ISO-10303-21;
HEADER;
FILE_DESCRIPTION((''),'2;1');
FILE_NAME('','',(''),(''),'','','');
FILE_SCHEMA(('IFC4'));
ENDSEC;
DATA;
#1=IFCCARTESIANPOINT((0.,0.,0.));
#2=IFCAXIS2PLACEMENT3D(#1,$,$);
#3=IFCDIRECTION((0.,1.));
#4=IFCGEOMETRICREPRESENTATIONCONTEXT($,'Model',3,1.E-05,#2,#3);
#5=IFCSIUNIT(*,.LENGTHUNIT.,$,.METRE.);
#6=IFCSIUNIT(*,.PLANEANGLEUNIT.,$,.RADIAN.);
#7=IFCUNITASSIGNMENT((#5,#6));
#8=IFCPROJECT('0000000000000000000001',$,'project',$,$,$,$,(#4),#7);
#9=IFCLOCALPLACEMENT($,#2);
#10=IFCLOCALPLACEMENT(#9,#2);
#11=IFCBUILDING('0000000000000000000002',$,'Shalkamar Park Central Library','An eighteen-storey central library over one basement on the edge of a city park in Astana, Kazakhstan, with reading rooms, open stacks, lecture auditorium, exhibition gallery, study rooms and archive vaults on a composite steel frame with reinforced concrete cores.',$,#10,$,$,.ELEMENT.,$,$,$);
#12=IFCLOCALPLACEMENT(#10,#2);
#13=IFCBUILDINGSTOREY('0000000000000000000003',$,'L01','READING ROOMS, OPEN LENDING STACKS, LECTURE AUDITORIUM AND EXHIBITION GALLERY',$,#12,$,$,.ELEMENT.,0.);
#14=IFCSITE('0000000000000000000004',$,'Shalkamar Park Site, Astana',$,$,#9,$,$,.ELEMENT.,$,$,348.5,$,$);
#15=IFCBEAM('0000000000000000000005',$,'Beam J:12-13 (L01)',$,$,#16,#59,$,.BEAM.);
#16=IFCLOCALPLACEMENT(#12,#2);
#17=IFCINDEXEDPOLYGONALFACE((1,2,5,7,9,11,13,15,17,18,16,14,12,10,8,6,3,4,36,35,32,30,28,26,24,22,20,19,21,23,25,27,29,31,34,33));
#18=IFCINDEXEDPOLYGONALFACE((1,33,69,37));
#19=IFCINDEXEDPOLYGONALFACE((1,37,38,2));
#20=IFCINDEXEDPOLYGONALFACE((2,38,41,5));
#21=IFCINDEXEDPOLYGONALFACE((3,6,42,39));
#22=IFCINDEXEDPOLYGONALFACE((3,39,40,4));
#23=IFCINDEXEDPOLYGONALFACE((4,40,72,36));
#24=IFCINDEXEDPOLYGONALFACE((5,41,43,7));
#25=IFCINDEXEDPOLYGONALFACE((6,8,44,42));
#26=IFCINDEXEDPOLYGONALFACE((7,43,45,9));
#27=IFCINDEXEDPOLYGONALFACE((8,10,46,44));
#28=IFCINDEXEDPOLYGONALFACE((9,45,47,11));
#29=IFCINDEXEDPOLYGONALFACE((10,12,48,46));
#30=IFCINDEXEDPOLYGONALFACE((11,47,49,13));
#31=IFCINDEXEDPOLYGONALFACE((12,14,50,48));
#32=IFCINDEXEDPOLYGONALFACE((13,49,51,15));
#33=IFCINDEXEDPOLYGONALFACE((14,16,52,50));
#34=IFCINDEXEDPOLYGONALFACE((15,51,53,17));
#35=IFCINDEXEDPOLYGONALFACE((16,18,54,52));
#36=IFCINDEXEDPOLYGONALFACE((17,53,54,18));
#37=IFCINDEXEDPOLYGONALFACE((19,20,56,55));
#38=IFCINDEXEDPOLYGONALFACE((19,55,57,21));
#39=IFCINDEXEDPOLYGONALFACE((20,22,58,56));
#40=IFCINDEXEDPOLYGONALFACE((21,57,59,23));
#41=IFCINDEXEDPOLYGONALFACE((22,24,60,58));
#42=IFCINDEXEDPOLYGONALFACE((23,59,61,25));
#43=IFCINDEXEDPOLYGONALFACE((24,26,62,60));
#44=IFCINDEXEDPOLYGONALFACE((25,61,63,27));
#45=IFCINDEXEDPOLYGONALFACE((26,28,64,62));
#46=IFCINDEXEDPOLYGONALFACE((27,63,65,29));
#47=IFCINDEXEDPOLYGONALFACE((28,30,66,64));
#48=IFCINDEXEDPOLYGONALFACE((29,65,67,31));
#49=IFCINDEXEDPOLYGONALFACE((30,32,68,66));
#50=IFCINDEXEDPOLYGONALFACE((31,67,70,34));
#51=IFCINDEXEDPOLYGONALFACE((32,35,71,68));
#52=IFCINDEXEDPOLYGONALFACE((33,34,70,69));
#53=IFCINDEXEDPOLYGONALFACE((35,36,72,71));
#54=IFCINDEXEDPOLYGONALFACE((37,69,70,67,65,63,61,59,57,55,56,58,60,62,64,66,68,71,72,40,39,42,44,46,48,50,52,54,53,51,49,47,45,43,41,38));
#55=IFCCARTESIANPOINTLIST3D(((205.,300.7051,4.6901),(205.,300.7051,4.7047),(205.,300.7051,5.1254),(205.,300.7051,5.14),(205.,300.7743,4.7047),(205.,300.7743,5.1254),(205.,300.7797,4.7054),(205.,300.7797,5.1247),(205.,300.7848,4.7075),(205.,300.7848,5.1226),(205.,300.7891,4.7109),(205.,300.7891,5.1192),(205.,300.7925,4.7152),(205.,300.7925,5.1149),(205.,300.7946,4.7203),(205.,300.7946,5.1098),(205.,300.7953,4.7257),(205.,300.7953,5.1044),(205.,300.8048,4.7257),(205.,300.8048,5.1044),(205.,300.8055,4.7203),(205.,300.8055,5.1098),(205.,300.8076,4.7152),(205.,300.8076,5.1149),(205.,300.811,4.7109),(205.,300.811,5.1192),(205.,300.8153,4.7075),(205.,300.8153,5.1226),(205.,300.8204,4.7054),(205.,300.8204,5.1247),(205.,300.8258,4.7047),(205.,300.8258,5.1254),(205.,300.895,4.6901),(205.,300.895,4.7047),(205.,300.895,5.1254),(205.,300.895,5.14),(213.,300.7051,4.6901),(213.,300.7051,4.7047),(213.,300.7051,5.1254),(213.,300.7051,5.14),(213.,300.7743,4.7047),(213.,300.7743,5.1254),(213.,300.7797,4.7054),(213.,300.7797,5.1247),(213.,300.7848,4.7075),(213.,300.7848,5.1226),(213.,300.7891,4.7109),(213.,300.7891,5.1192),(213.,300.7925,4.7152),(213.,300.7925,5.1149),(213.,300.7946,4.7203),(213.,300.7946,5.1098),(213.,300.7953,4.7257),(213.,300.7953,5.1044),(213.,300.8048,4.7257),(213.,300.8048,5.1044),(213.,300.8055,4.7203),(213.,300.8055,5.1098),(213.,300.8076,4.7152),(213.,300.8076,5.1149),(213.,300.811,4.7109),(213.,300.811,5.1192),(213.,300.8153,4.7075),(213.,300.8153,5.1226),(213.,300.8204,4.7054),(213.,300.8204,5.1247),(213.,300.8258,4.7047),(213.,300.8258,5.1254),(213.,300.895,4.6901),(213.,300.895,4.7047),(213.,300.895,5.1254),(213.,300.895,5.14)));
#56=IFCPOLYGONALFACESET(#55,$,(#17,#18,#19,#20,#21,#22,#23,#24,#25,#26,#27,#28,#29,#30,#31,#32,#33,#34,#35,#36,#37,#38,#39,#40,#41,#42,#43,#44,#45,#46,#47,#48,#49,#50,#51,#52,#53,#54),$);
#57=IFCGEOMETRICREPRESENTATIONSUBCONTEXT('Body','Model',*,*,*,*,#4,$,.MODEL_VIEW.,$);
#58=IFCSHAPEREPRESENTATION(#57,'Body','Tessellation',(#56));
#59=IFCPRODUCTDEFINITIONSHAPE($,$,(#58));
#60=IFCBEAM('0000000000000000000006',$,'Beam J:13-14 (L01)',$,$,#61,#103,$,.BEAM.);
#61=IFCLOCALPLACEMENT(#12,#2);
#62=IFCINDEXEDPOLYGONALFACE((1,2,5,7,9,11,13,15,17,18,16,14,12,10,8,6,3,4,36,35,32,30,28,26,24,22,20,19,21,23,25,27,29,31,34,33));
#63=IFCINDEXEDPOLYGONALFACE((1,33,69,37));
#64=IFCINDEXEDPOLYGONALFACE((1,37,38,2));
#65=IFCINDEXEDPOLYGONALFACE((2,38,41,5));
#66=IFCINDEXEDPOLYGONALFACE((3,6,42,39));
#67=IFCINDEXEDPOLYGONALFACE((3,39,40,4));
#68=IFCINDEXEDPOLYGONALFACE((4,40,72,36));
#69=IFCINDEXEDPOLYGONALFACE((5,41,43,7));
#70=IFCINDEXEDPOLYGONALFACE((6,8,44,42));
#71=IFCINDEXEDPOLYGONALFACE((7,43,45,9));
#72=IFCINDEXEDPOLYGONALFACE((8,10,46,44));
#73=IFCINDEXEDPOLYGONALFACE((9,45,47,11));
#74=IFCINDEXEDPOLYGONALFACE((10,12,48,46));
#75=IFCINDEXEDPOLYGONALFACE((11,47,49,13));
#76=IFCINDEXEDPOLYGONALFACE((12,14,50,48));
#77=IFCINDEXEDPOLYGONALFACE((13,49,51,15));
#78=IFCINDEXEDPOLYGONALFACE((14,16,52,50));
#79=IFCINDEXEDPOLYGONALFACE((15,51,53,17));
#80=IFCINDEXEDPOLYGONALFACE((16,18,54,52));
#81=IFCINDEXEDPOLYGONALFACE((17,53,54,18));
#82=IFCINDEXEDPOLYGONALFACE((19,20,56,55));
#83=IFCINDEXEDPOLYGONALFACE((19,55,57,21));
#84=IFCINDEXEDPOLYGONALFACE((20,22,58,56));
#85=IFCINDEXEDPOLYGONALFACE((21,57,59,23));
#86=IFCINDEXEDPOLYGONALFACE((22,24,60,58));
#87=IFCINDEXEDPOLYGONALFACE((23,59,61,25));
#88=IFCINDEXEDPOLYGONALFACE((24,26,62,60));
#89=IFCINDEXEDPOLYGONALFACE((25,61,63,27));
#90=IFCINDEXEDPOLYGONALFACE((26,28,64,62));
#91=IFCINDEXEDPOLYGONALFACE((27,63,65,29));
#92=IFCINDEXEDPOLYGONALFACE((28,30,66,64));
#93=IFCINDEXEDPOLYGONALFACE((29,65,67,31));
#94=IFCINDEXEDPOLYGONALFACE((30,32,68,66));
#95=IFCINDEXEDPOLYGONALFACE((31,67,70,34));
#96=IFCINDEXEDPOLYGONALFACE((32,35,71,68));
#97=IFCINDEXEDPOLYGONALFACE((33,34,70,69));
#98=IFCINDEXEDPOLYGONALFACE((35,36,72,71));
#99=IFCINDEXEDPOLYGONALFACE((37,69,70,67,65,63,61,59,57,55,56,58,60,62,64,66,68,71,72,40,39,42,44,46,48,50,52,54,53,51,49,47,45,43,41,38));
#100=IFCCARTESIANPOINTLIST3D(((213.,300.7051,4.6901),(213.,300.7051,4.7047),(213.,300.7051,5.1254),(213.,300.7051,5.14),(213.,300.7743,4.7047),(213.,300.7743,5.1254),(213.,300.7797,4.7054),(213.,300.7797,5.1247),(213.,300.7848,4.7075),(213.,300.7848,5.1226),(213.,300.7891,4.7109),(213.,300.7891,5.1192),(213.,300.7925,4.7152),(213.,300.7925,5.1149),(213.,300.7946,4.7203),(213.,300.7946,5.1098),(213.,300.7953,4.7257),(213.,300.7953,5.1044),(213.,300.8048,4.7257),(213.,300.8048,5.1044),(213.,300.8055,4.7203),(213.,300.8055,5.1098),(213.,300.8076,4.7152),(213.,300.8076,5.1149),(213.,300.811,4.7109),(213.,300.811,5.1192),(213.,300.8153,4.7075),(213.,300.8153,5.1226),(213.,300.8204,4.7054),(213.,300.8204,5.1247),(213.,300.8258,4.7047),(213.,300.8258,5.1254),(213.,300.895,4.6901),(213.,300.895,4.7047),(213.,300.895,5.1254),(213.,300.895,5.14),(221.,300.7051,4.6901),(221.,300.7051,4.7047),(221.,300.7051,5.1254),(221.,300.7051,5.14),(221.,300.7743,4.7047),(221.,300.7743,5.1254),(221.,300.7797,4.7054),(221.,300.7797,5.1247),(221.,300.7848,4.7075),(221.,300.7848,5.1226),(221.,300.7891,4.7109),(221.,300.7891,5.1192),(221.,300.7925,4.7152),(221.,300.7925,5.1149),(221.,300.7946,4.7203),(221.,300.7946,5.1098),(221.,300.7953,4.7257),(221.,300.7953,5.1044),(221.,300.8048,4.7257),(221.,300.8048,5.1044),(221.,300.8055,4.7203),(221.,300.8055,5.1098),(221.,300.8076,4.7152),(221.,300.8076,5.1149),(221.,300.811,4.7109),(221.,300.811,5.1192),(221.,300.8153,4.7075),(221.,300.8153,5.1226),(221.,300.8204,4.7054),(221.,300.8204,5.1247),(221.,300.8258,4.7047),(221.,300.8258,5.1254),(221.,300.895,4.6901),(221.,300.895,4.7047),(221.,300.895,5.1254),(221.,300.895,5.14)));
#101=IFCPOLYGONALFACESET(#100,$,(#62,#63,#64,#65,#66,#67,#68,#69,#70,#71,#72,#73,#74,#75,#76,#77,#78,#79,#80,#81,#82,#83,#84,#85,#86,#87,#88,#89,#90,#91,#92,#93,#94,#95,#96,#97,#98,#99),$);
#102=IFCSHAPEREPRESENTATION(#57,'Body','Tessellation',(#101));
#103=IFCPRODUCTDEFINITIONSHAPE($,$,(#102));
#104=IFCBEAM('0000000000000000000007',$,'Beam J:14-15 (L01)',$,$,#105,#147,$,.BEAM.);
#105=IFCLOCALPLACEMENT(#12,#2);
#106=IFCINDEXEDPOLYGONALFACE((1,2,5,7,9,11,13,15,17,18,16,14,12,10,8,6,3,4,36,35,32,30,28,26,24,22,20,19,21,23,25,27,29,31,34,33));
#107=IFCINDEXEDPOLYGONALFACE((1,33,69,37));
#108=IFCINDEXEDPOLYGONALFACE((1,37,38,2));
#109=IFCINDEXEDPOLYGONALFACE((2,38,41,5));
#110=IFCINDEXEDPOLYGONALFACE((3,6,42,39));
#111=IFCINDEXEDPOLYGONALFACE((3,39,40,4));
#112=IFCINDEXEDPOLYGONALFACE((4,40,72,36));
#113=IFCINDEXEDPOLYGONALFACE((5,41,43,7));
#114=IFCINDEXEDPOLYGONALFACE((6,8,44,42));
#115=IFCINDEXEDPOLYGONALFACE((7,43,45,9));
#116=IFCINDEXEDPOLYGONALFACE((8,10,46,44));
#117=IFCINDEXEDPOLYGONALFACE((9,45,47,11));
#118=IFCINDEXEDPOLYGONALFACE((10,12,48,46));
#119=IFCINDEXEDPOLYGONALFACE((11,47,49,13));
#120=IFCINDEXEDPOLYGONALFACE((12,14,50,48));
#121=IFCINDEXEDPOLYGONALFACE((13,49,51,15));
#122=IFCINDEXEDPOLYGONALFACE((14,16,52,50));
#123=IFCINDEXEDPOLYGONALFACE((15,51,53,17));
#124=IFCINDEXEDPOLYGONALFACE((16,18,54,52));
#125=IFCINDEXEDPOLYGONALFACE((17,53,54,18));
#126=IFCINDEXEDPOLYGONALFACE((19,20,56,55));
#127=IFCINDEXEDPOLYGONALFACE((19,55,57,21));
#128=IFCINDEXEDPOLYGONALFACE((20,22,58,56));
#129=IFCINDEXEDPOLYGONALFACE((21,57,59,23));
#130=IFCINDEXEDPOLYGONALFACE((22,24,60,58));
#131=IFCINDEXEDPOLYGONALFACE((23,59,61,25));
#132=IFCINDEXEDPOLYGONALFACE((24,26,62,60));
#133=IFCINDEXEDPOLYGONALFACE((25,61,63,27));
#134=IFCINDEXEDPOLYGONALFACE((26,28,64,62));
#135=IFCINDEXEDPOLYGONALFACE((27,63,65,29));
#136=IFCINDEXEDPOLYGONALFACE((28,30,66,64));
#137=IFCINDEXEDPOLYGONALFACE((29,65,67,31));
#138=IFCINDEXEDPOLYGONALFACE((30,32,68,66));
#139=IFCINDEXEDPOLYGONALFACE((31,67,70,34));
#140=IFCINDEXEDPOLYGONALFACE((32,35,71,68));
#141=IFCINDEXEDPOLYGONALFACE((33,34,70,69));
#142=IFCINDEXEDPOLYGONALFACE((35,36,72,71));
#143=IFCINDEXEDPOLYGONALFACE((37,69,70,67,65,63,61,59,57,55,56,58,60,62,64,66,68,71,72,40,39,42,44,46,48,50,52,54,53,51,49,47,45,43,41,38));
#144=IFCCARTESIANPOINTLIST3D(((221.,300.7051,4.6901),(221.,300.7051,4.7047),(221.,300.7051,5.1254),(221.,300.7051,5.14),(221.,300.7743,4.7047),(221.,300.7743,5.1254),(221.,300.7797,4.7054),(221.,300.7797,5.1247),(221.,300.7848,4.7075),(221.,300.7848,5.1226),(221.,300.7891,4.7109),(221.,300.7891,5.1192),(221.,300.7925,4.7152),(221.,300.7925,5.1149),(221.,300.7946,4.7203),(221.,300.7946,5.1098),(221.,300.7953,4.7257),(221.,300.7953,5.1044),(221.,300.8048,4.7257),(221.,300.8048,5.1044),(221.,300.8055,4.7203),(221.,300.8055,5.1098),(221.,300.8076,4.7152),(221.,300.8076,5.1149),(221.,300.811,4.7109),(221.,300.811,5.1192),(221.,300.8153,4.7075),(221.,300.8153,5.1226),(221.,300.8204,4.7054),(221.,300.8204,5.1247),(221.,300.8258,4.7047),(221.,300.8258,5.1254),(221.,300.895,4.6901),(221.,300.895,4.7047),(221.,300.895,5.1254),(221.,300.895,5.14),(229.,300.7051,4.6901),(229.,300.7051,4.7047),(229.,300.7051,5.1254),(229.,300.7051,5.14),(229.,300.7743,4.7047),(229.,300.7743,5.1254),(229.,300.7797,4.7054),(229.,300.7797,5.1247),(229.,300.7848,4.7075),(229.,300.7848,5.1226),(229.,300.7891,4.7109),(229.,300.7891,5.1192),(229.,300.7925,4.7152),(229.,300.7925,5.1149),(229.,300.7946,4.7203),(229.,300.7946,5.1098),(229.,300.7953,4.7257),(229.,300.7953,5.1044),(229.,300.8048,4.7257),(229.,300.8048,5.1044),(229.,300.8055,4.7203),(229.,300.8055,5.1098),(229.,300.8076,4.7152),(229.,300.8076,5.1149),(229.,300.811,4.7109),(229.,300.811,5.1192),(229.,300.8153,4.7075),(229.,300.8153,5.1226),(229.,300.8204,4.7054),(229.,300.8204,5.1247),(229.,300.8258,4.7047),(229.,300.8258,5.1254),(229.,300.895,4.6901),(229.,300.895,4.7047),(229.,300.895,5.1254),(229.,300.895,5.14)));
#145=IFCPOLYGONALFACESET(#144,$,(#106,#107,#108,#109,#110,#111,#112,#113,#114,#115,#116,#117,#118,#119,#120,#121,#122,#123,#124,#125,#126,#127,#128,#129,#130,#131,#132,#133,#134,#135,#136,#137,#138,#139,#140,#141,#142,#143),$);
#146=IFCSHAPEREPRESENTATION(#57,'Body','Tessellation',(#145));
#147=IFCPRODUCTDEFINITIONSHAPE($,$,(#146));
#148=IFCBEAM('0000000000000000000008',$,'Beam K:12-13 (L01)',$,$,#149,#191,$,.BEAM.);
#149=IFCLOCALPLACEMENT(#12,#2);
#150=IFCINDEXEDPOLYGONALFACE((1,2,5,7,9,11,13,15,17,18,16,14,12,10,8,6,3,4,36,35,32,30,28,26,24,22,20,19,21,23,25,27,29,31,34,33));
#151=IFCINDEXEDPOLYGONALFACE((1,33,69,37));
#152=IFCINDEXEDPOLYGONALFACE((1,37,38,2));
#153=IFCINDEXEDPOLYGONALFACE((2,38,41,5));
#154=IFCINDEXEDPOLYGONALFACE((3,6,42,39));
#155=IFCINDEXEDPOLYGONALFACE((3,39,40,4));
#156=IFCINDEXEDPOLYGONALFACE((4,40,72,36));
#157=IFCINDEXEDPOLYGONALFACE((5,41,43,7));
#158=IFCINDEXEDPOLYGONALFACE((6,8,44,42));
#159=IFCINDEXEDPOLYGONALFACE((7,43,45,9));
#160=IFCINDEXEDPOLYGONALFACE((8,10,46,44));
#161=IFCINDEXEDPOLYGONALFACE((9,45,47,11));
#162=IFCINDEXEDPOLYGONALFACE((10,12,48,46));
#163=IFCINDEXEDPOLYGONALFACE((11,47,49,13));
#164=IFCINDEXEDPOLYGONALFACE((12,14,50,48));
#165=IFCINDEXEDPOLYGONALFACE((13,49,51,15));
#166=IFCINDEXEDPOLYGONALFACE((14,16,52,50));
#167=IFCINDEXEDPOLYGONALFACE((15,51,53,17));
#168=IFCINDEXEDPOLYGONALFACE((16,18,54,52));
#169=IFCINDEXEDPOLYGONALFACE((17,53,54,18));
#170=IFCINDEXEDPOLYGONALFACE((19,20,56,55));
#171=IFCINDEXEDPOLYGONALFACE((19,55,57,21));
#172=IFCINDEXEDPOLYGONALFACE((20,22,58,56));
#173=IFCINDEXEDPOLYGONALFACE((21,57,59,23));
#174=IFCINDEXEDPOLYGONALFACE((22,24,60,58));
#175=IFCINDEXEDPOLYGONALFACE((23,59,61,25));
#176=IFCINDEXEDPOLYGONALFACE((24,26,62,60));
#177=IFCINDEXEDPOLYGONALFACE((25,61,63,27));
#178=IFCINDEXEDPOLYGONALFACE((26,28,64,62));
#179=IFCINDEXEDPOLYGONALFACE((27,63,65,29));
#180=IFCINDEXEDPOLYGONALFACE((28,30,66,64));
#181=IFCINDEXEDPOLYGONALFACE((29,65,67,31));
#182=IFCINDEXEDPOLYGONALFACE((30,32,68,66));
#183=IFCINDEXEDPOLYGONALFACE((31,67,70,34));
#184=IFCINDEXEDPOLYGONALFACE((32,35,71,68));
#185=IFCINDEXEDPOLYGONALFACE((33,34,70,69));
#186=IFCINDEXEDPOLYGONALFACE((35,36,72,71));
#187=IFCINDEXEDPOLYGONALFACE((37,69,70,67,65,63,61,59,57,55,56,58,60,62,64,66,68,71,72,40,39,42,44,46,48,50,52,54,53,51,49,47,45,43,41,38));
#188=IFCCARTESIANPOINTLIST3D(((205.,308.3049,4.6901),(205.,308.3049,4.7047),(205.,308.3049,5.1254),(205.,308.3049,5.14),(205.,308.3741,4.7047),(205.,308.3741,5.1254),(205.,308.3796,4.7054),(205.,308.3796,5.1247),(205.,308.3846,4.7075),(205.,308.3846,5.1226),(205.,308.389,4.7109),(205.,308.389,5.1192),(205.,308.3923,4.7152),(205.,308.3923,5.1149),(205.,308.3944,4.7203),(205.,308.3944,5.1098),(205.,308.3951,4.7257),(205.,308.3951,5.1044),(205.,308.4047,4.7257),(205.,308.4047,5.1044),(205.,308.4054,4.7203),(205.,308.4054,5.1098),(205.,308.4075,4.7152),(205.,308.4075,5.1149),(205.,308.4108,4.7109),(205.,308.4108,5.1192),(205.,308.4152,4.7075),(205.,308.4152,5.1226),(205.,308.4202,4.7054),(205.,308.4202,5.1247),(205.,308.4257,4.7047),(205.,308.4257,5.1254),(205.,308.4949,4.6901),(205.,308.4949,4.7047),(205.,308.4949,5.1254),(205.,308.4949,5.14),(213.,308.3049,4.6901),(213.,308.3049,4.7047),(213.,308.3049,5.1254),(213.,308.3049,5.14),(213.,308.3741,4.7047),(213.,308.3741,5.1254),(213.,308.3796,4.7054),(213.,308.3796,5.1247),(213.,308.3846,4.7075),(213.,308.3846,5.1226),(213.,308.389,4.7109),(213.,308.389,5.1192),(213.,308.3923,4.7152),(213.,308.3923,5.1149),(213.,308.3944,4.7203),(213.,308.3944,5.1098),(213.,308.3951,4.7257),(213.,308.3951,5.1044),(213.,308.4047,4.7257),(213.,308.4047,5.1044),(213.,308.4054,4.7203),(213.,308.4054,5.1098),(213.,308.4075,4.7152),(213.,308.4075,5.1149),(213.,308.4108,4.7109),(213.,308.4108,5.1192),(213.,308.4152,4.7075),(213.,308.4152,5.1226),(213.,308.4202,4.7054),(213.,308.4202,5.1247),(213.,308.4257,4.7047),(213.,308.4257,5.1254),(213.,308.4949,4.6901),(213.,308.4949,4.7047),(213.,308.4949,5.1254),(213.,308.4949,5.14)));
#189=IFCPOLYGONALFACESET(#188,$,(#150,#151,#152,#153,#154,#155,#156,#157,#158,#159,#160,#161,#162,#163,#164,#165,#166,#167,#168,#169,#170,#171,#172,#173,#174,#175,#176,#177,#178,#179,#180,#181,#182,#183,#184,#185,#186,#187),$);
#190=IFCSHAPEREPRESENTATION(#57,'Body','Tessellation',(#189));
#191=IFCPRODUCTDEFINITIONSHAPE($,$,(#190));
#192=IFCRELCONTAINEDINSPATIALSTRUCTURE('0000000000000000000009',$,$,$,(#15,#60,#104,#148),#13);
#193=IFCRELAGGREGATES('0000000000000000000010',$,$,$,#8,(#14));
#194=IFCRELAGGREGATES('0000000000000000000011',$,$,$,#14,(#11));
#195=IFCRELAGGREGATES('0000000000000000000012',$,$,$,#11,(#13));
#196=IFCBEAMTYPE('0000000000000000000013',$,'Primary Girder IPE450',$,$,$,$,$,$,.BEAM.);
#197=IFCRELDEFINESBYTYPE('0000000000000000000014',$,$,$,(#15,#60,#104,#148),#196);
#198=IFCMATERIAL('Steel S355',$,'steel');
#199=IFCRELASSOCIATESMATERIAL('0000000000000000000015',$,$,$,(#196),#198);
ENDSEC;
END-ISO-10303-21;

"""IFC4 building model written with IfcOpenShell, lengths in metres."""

from ifc_helpers import new_model, si_unit, direction, frame, origin, origin_2d, place, context, subcontext, project, spatial, i_section, extrude, material, material_profile, profile_set, type_object, element, save


model = new_model("IFC4")

# Units and contexts
model_context = context("Model", 3, precision=1e-05, world=origin(), true_north=direction((0.0, 1.0)))
body_context = subcontext(model_context, "Body", "Model", "MODEL_VIEW")
ifc_project = project(units=[si_unit("LENGTHUNIT", "METRE"), si_unit("PLANEANGLEUNIT", "RADIAN")], contexts=[model_context])

# Site, building, storey
site_placement = place(None, origin())
site = spatial("IfcSite", under=ifc_project, at=site_placement, Name="Shalkamar Park Site, Astana", CompositionType="ELEMENT", RefElevation=348.5)
building_placement = place(site_placement, origin())
building = spatial("IfcBuilding", under=site, at=building_placement, Name="Shalkamar Park Central Library", Description="An eighteen-storey central library over one basement on the edge of a city park in Astana, Kazakhstan, with reading rooms, open stacks, lecture auditorium, exhibition gallery, study rooms and archive vaults on a composite steel frame with reinforced concrete cores.", CompositionType="ELEMENT")
storey_placement = place(building_placement, origin())
storey = spatial("IfcBuildingStorey", under=building, at=storey_placement, Name="L01", Description="READING ROOMS, OPEN LENDING STACKS, LECTURE AUDITORIUM AND EXHIBITION GALLERY", CompositionType="ELEMENT", Elevation=0.0)

# Shared definitions
ifc_material_1 = material(Name="Steel S355", Category="steel")

# Beams
ifc_material_profile_1 = material_profile(ifc_material_1, i_section(OverallWidth=0.1899, OverallDepth=0.45, WebThickness=0.0095, FlangeThickness=0.0146, FilletRadius=0.021, at=origin_2d()), Name="IPE 450")
ifc_profile_set_1 = profile_set([ifc_material_profile_1], Name="Steel S355")
beam_type_1 = type_object("IfcBeamType", Name="Primary Girder IPE450", PredefinedType="BEAM", material=ifc_profile_set_1)
for number, where, z_axis, x_axis, name in (
    (1, (205.0, 300.8, 4.915), (1.0, 0.0, 0.0), (0.0, 1.0, 0.0), "Beam J:12-13 (L01)"),
    (2, (213.0, 300.8, 4.915), (1.0, 0.0, 0.0), (0.0, 1.0, 0.0), "Beam J:13-14 (L01)"),
    (3, (221.0, 300.8, 4.915), (1.0, 0.0, 0.0), (0.0, 1.0, 0.0), "Beam J:14-15 (L01)"),
    (4, (205.0, 308.3999, 4.915), (1.0, 0.0, 0.0), (0.0, 1.0, 0.0), "Beam K:12-13 (L01)"),
):
    element("IfcBeam", number, at=place(storey_placement, frame(where, z_axis=z_axis, x_axis=x_axis)), inside=storey, type_object=beam_type_1, Name=name, PredefinedType="BEAM", context=body_context, shape_type="SweptSolid", body=[
        extrude(i_section(OverallWidth=0.1899, OverallDepth=0.45, WebThickness=0.0095, FlangeThickness=0.0146, FilletRadius=0.021, at=origin_2d()), origin(), (0.0, 0.0, 1.0), 8.0),
    ])

save(model, "model.ifc")
